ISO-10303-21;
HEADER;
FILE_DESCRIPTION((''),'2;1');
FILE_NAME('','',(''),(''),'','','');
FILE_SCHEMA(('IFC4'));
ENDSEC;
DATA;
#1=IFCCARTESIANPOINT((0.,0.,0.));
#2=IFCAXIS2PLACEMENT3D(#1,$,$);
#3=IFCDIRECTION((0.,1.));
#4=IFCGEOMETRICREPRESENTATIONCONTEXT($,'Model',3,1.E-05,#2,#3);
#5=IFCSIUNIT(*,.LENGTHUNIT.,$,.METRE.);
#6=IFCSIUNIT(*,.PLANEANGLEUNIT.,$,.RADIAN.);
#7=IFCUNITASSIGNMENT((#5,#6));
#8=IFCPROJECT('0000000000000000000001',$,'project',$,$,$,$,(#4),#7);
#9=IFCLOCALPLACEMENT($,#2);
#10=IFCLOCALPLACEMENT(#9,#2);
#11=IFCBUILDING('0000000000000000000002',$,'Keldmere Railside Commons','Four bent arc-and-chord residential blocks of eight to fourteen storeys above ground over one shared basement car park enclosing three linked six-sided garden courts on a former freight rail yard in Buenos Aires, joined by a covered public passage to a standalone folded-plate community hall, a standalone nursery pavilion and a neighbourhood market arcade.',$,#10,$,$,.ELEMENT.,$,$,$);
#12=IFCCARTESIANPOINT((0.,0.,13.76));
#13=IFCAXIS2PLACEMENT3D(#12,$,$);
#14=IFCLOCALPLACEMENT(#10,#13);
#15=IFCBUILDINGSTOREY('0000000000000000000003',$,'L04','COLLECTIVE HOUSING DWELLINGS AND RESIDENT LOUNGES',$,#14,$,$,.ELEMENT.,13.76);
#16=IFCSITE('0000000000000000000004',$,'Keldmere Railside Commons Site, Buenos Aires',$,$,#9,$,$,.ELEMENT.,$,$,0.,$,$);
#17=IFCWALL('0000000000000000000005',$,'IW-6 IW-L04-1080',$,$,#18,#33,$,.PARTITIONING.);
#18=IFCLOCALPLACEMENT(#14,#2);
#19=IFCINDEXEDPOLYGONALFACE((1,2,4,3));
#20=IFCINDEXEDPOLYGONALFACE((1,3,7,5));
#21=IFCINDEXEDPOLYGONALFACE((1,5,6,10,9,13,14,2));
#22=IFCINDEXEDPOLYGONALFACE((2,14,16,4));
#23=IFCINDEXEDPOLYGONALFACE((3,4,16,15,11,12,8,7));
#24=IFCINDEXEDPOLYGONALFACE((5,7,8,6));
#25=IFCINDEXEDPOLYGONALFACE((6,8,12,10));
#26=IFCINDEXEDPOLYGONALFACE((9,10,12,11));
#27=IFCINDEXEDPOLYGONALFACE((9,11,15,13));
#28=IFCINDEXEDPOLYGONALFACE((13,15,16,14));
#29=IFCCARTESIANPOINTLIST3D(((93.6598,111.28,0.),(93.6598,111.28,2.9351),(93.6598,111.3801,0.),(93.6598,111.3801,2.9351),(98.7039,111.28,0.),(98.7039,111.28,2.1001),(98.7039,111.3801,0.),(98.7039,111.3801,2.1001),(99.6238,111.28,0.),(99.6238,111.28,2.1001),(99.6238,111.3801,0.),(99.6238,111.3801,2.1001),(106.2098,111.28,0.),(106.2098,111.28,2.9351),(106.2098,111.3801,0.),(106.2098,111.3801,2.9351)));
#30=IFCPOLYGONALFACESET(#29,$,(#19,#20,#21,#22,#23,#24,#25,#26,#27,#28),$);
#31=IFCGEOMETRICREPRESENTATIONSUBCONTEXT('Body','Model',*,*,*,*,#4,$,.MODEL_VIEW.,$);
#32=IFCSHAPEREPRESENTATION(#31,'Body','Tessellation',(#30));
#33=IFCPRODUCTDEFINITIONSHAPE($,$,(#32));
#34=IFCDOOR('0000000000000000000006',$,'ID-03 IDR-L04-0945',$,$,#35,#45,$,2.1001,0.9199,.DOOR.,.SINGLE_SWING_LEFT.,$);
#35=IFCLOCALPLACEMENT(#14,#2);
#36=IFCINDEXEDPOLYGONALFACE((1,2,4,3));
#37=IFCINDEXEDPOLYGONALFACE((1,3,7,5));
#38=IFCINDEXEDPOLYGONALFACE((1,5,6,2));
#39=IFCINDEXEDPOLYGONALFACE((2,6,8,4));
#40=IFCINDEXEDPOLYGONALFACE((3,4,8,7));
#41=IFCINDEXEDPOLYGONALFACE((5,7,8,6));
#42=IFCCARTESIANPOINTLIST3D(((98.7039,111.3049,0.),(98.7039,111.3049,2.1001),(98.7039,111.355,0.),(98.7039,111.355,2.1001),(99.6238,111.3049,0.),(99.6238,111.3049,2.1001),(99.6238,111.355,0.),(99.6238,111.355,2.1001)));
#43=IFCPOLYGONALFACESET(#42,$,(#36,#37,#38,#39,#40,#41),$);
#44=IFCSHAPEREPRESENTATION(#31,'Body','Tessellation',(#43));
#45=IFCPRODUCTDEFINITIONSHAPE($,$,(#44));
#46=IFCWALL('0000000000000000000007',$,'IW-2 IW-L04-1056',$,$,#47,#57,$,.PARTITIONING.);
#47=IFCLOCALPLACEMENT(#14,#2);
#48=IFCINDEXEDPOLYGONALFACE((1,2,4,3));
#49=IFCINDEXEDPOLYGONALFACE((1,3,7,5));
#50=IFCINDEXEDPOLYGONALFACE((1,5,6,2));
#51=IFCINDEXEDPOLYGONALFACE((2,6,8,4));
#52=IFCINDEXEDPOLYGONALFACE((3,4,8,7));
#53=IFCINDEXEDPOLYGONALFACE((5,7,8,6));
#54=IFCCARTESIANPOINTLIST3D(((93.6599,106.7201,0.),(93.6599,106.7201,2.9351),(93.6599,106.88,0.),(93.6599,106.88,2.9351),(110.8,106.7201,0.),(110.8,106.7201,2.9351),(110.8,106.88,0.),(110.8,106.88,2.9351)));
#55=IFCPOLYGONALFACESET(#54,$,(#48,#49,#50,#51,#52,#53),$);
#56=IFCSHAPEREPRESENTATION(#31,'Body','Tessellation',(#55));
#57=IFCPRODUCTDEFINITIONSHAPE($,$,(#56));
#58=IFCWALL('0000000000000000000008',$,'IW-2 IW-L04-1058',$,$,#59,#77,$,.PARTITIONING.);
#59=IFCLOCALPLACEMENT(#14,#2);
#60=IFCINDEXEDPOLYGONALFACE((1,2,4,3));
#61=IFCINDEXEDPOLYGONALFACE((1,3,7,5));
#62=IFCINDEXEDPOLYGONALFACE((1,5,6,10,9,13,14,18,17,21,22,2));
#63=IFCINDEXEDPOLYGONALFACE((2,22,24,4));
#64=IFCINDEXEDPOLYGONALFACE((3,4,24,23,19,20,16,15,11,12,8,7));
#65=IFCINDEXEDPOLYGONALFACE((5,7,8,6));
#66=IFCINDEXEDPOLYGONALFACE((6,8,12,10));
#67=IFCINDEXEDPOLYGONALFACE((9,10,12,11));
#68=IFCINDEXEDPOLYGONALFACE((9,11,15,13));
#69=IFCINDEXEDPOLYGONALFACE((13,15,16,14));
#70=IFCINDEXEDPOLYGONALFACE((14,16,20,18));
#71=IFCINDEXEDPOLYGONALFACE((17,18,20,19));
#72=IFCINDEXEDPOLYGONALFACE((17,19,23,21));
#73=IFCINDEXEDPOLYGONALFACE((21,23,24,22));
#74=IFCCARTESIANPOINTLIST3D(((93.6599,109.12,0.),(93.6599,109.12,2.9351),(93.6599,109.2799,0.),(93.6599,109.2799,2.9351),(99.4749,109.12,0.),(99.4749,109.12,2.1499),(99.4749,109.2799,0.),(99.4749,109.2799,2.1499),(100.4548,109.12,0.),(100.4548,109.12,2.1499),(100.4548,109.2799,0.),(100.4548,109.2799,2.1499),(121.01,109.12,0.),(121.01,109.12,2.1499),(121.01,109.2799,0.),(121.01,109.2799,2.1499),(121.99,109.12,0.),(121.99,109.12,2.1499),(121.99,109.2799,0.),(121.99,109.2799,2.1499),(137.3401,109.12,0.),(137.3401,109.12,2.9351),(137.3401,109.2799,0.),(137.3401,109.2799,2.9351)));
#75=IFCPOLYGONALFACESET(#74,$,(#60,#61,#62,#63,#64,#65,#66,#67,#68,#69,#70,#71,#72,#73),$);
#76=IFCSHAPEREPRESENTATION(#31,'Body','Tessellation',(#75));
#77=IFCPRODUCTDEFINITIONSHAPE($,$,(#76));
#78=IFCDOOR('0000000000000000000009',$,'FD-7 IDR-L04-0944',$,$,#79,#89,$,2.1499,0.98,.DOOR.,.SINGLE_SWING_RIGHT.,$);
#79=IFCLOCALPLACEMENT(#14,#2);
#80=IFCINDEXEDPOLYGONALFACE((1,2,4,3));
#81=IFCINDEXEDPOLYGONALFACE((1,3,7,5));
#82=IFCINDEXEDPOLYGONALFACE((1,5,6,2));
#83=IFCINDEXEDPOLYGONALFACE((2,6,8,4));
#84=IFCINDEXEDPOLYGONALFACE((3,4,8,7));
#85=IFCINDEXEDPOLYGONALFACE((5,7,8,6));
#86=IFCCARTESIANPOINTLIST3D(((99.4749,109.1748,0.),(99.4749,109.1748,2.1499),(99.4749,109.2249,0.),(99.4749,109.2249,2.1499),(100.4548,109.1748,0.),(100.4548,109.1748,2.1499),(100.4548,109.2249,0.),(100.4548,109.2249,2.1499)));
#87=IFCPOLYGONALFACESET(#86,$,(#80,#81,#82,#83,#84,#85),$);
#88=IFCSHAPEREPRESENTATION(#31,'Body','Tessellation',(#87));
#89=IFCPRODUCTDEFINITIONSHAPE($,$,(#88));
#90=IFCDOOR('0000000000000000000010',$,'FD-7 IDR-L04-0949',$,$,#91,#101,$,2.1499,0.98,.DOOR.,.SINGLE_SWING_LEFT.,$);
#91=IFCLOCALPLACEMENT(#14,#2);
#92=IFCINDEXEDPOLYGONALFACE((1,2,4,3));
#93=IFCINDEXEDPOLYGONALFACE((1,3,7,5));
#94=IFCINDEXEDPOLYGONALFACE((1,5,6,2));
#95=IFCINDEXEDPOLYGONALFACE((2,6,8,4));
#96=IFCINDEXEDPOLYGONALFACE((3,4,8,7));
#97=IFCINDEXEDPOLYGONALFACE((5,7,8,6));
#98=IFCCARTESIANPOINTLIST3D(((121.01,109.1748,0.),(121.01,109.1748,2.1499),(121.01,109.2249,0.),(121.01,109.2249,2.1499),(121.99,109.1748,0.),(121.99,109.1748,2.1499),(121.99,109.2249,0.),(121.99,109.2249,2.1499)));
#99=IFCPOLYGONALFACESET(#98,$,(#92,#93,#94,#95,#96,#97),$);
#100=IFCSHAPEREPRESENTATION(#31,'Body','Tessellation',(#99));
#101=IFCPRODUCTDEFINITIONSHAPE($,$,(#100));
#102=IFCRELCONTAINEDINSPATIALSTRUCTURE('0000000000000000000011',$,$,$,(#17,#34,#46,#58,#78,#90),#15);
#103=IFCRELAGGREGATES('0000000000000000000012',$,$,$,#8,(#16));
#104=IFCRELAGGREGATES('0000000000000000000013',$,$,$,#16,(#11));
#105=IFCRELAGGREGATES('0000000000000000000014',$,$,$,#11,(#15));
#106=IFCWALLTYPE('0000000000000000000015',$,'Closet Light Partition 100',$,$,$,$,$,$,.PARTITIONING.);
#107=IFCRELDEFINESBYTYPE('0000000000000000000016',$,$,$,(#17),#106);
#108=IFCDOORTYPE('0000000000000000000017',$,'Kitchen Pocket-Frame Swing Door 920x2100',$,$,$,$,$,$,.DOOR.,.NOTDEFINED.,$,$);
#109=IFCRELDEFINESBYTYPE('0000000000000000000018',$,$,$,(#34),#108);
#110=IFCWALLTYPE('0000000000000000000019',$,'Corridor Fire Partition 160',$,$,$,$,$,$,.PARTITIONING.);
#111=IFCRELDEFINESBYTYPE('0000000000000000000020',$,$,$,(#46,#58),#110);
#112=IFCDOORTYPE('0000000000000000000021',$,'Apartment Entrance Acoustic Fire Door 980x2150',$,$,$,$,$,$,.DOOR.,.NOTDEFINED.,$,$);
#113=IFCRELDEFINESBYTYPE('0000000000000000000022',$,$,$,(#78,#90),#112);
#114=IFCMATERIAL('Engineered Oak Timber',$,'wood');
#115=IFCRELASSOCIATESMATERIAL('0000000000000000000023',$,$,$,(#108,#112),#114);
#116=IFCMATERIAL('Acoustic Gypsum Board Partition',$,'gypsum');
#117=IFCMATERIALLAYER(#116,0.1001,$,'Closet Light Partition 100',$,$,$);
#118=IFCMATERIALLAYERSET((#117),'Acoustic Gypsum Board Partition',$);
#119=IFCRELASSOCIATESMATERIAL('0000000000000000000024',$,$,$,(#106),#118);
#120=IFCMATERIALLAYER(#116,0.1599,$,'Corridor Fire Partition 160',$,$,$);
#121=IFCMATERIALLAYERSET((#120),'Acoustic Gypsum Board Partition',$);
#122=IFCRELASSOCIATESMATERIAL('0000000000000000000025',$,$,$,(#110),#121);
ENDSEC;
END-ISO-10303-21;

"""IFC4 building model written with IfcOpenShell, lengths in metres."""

from ifc_helpers import new_model, si_unit, direction, frame, frame_2d, origin, place, context, subcontext, project, spatial, rectangle, extrude, material, layer, layer_set, type_object, element, fill, save


model = new_model("IFC4")

# Units and contexts
model_context = context("Model", 3, precision=1e-05, world=origin(), true_north=direction((0.0, 1.0)))
body_context = subcontext(model_context, "Body", "Model", "MODEL_VIEW")
ifc_project = project(units=[si_unit("LENGTHUNIT", "METRE"), si_unit("PLANEANGLEUNIT", "RADIAN")], contexts=[model_context])

# Site, building, storey
site_placement = place(None, origin())
site = spatial("IfcSite", under=ifc_project, at=site_placement, Name="Keldmere Railside Commons Site, Buenos Aires", CompositionType="ELEMENT", RefElevation=0.0)
building_placement = place(site_placement, origin())
building = spatial("IfcBuilding", under=site, at=building_placement, Name="Keldmere Railside Commons", Description="Four bent arc-and-chord residential blocks of eight to fourteen storeys above ground over one shared basement car park enclosing three linked six-sided garden courts on a former freight rail yard in Buenos Aires, joined by a covered public passage to a standalone folded-plate community hall, a standalone nursery pavilion and a neighbourhood market arcade.", CompositionType="ELEMENT")
storey_placement = place(building_placement, frame((0.0, 0.0, 13.76)))
storey = spatial("IfcBuildingStorey", under=building, at=storey_placement, Name="L04", Description="COLLECTIVE HOUSING DWELLINGS AND RESIDENT LOUNGES", CompositionType="ELEMENT", Elevation=13.76)

# Wall, opening, door
ifc_material_1 = material(Name="Acoustic Gypsum Board Partition", Category="gypsum")
ifc_material_2 = material(Name="Engineered Oak Timber", Category="wood")
door_type_1 = type_object("IfcDoorType", Name="Kitchen Pocket-Frame Swing Door 920x2100", OperationType="NOTDEFINED", PredefinedType="DOOR", material=ifc_material_2)
ifc_layer_1 = layer(ifc_material_1, 0.1001, Name="Closet Light Partition 100")
ifc_layer_set_1 = layer_set([ifc_layer_1], Name="Acoustic Gypsum Board Partition")
wall_type_1 = type_object("IfcWallType", Name="Closet Light Partition 100", PredefinedType="PARTITIONING", material=ifc_layer_set_1)
wall_1_placement = place(storey_placement, frame((93.6599, 111.3301, 0.0), z_axis=(0.0, 0.0, 1.0), x_axis=(1.0, 0.0, 0.0)))
wall_1 = element("IfcWall", 1, at=wall_1_placement, inside=storey, type_object=wall_type_1, Name="IW-6 IW-L04-1080", PredefinedType="PARTITIONING", context=body_context, shape_type="SweptSolid", body=[
    extrude(rectangle(XDim=12.55, YDim=0.1001, at=frame_2d((6.2749, 0.0))), origin(), (0.0, 0.0, 1.0), 2.9351),
])
opening_1_placement = place(wall_1_placement, frame((5.0439, 0.0, 0.0)))
opening_1 = element("IfcOpeningElement", 2, at=opening_1_placement, cuts=wall_1, PredefinedType="OPENING", context=body_context, shape_type="SweptSolid", body=[
    extrude(rectangle(XDim=0.9199, YDim=2.1001, at=frame_2d((0.46, 1.05))), frame((0.0, 0.0601, 0.0), z_axis=(0.0, -1.0, 0.0), x_axis=(1.0, 0.0, 0.0)), (0.0, 0.0, 1.0), 0.1201),
])
door_1_placement = place(opening_1_placement, origin())
door_1 = element("IfcDoor", 3, at=door_1_placement, inside=storey, type_object=door_type_1, Name="ID-03 IDR-L04-0945", OperationType="SINGLE_SWING_LEFT", OverallHeight=2.1001, OverallWidth=0.9199, PredefinedType="DOOR", context=body_context, shape_type="SweptSolid", body=[
    extrude(rectangle(XDim=0.9199, YDim=2.1001, at=frame_2d((0.46, 1.05))), frame((0.0, 0.0249, 0.0), z_axis=(0.0, -1.0, 0.0), x_axis=(1.0, 0.0, 0.0)), (0.0, 0.0, 1.0), 0.05),
])
fill(opening_1, door_1)

# Wall
ifc_layer_2 = layer(ifc_material_1, 0.1599, Name="Corridor Fire Partition 160")
ifc_layer_set_2 = layer_set([ifc_layer_2], Name="Acoustic Gypsum Board Partition")
wall_type_2 = type_object("IfcWallType", Name="Corridor Fire Partition 160", PredefinedType="PARTITIONING", material=ifc_layer_set_2)
wall_2_placement = place(storey_placement, frame((93.6599, 106.8, 0.0), z_axis=(0.0, 0.0, 1.0), x_axis=(1.0, 0.0, 0.0)))
element("IfcWall", 4, at=wall_2_placement, inside=storey, type_object=wall_type_2, Name="IW-2 IW-L04-1056", PredefinedType="PARTITIONING", context=body_context, shape_type="SweptSolid", body=[
    extrude(rectangle(XDim=17.1401, YDim=0.1599, at=frame_2d((8.5701, 0.0))), origin(), (0.0, 0.0, 1.0), 2.9351),
])

# Wall, openings, doors
wall_3_placement = place(storey_placement, frame((93.6599, 109.2, 0.0), z_axis=(0.0, 0.0, 1.0), x_axis=(1.0, 0.0, 0.0)))
wall_3 = element("IfcWall", 5, at=wall_3_placement, inside=storey, type_object=wall_type_2, Name="IW-2 IW-L04-1058", PredefinedType="PARTITIONING", context=body_context, shape_type="SweptSolid", body=[
    extrude(rectangle(XDim=43.6802, YDim=0.1599, at=frame_2d((21.8401, 0.0))), origin(), (0.0, 0.0, 1.0), 2.9351),
])
opening_2_placement = place(wall_3_placement, frame((5.8149, 0.0, 0.0)))
opening_2 = element("IfcOpeningElement", 6, at=opening_2_placement, cuts=wall_3, PredefinedType="OPENING", context=body_context, shape_type="SweptSolid", body=[
    extrude(rectangle(XDim=0.98, YDim=2.1499, at=frame_2d((0.49, 1.075))), frame((0.0, 0.0898, 0.0), z_axis=(0.0, -1.0, 0.0), x_axis=(1.0, 0.0, 0.0)), (0.0, 0.0, 1.0), 0.1799),
])
opening_3_placement = place(wall_3_placement, frame((27.3501, 0.0, 0.0)))
opening_3 = element("IfcOpeningElement", 7, at=opening_3_placement, cuts=wall_3, PredefinedType="OPENING", context=body_context, shape_type="SweptSolid", body=[
    extrude(rectangle(XDim=0.98, YDim=2.1499, at=frame_2d((0.49, 1.075))), frame((0.0, 0.0898, 0.0), z_axis=(0.0, -1.0, 0.0), x_axis=(1.0, 0.0, 0.0)), (0.0, 0.0, 1.0), 0.1799),
])
door_type_2 = type_object("IfcDoorType", Name="Apartment Entrance Acoustic Fire Door 980x2150", OperationType="NOTDEFINED", PredefinedType="DOOR", material=ifc_material_2)
door_2_placement = place(opening_2_placement, origin())
door_2 = element("IfcDoor", 8, at=door_2_placement, inside=storey, type_object=door_type_2, Name="FD-7 IDR-L04-0944", OperationType="SINGLE_SWING_RIGHT", OverallHeight=2.1499, OverallWidth=0.98, PredefinedType="DOOR", context=body_context, shape_type="SweptSolid", body=[
    extrude(rectangle(XDim=0.98, YDim=2.1499, at=frame_2d((0.49, 1.075))), frame((0.0, 0.0249, 0.0), z_axis=(0.0, -1.0, 0.0), x_axis=(1.0, 0.0, 0.0)), (0.0, 0.0, 1.0), 0.05),
])
fill(opening_2, door_2)
door_3_placement = place(opening_3_placement, origin())
door_3 = element("IfcDoor", 9, at=door_3_placement, inside=storey, type_object=door_type_2, Name="FD-7 IDR-L04-0949", OperationType="SINGLE_SWING_LEFT", OverallHeight=2.1499, OverallWidth=0.98, PredefinedType="DOOR", context=body_context, shape_type="SweptSolid", body=[
    extrude(rectangle(XDim=0.98, YDim=2.1499, at=frame_2d((0.49, 1.075))), frame((0.0, 0.0249, 0.0), z_axis=(0.0, -1.0, 0.0), x_axis=(1.0, 0.0, 0.0)), (0.0, 0.0, 1.0), 0.05),
])
fill(opening_3, door_3)

save(model, "model.ifc")
